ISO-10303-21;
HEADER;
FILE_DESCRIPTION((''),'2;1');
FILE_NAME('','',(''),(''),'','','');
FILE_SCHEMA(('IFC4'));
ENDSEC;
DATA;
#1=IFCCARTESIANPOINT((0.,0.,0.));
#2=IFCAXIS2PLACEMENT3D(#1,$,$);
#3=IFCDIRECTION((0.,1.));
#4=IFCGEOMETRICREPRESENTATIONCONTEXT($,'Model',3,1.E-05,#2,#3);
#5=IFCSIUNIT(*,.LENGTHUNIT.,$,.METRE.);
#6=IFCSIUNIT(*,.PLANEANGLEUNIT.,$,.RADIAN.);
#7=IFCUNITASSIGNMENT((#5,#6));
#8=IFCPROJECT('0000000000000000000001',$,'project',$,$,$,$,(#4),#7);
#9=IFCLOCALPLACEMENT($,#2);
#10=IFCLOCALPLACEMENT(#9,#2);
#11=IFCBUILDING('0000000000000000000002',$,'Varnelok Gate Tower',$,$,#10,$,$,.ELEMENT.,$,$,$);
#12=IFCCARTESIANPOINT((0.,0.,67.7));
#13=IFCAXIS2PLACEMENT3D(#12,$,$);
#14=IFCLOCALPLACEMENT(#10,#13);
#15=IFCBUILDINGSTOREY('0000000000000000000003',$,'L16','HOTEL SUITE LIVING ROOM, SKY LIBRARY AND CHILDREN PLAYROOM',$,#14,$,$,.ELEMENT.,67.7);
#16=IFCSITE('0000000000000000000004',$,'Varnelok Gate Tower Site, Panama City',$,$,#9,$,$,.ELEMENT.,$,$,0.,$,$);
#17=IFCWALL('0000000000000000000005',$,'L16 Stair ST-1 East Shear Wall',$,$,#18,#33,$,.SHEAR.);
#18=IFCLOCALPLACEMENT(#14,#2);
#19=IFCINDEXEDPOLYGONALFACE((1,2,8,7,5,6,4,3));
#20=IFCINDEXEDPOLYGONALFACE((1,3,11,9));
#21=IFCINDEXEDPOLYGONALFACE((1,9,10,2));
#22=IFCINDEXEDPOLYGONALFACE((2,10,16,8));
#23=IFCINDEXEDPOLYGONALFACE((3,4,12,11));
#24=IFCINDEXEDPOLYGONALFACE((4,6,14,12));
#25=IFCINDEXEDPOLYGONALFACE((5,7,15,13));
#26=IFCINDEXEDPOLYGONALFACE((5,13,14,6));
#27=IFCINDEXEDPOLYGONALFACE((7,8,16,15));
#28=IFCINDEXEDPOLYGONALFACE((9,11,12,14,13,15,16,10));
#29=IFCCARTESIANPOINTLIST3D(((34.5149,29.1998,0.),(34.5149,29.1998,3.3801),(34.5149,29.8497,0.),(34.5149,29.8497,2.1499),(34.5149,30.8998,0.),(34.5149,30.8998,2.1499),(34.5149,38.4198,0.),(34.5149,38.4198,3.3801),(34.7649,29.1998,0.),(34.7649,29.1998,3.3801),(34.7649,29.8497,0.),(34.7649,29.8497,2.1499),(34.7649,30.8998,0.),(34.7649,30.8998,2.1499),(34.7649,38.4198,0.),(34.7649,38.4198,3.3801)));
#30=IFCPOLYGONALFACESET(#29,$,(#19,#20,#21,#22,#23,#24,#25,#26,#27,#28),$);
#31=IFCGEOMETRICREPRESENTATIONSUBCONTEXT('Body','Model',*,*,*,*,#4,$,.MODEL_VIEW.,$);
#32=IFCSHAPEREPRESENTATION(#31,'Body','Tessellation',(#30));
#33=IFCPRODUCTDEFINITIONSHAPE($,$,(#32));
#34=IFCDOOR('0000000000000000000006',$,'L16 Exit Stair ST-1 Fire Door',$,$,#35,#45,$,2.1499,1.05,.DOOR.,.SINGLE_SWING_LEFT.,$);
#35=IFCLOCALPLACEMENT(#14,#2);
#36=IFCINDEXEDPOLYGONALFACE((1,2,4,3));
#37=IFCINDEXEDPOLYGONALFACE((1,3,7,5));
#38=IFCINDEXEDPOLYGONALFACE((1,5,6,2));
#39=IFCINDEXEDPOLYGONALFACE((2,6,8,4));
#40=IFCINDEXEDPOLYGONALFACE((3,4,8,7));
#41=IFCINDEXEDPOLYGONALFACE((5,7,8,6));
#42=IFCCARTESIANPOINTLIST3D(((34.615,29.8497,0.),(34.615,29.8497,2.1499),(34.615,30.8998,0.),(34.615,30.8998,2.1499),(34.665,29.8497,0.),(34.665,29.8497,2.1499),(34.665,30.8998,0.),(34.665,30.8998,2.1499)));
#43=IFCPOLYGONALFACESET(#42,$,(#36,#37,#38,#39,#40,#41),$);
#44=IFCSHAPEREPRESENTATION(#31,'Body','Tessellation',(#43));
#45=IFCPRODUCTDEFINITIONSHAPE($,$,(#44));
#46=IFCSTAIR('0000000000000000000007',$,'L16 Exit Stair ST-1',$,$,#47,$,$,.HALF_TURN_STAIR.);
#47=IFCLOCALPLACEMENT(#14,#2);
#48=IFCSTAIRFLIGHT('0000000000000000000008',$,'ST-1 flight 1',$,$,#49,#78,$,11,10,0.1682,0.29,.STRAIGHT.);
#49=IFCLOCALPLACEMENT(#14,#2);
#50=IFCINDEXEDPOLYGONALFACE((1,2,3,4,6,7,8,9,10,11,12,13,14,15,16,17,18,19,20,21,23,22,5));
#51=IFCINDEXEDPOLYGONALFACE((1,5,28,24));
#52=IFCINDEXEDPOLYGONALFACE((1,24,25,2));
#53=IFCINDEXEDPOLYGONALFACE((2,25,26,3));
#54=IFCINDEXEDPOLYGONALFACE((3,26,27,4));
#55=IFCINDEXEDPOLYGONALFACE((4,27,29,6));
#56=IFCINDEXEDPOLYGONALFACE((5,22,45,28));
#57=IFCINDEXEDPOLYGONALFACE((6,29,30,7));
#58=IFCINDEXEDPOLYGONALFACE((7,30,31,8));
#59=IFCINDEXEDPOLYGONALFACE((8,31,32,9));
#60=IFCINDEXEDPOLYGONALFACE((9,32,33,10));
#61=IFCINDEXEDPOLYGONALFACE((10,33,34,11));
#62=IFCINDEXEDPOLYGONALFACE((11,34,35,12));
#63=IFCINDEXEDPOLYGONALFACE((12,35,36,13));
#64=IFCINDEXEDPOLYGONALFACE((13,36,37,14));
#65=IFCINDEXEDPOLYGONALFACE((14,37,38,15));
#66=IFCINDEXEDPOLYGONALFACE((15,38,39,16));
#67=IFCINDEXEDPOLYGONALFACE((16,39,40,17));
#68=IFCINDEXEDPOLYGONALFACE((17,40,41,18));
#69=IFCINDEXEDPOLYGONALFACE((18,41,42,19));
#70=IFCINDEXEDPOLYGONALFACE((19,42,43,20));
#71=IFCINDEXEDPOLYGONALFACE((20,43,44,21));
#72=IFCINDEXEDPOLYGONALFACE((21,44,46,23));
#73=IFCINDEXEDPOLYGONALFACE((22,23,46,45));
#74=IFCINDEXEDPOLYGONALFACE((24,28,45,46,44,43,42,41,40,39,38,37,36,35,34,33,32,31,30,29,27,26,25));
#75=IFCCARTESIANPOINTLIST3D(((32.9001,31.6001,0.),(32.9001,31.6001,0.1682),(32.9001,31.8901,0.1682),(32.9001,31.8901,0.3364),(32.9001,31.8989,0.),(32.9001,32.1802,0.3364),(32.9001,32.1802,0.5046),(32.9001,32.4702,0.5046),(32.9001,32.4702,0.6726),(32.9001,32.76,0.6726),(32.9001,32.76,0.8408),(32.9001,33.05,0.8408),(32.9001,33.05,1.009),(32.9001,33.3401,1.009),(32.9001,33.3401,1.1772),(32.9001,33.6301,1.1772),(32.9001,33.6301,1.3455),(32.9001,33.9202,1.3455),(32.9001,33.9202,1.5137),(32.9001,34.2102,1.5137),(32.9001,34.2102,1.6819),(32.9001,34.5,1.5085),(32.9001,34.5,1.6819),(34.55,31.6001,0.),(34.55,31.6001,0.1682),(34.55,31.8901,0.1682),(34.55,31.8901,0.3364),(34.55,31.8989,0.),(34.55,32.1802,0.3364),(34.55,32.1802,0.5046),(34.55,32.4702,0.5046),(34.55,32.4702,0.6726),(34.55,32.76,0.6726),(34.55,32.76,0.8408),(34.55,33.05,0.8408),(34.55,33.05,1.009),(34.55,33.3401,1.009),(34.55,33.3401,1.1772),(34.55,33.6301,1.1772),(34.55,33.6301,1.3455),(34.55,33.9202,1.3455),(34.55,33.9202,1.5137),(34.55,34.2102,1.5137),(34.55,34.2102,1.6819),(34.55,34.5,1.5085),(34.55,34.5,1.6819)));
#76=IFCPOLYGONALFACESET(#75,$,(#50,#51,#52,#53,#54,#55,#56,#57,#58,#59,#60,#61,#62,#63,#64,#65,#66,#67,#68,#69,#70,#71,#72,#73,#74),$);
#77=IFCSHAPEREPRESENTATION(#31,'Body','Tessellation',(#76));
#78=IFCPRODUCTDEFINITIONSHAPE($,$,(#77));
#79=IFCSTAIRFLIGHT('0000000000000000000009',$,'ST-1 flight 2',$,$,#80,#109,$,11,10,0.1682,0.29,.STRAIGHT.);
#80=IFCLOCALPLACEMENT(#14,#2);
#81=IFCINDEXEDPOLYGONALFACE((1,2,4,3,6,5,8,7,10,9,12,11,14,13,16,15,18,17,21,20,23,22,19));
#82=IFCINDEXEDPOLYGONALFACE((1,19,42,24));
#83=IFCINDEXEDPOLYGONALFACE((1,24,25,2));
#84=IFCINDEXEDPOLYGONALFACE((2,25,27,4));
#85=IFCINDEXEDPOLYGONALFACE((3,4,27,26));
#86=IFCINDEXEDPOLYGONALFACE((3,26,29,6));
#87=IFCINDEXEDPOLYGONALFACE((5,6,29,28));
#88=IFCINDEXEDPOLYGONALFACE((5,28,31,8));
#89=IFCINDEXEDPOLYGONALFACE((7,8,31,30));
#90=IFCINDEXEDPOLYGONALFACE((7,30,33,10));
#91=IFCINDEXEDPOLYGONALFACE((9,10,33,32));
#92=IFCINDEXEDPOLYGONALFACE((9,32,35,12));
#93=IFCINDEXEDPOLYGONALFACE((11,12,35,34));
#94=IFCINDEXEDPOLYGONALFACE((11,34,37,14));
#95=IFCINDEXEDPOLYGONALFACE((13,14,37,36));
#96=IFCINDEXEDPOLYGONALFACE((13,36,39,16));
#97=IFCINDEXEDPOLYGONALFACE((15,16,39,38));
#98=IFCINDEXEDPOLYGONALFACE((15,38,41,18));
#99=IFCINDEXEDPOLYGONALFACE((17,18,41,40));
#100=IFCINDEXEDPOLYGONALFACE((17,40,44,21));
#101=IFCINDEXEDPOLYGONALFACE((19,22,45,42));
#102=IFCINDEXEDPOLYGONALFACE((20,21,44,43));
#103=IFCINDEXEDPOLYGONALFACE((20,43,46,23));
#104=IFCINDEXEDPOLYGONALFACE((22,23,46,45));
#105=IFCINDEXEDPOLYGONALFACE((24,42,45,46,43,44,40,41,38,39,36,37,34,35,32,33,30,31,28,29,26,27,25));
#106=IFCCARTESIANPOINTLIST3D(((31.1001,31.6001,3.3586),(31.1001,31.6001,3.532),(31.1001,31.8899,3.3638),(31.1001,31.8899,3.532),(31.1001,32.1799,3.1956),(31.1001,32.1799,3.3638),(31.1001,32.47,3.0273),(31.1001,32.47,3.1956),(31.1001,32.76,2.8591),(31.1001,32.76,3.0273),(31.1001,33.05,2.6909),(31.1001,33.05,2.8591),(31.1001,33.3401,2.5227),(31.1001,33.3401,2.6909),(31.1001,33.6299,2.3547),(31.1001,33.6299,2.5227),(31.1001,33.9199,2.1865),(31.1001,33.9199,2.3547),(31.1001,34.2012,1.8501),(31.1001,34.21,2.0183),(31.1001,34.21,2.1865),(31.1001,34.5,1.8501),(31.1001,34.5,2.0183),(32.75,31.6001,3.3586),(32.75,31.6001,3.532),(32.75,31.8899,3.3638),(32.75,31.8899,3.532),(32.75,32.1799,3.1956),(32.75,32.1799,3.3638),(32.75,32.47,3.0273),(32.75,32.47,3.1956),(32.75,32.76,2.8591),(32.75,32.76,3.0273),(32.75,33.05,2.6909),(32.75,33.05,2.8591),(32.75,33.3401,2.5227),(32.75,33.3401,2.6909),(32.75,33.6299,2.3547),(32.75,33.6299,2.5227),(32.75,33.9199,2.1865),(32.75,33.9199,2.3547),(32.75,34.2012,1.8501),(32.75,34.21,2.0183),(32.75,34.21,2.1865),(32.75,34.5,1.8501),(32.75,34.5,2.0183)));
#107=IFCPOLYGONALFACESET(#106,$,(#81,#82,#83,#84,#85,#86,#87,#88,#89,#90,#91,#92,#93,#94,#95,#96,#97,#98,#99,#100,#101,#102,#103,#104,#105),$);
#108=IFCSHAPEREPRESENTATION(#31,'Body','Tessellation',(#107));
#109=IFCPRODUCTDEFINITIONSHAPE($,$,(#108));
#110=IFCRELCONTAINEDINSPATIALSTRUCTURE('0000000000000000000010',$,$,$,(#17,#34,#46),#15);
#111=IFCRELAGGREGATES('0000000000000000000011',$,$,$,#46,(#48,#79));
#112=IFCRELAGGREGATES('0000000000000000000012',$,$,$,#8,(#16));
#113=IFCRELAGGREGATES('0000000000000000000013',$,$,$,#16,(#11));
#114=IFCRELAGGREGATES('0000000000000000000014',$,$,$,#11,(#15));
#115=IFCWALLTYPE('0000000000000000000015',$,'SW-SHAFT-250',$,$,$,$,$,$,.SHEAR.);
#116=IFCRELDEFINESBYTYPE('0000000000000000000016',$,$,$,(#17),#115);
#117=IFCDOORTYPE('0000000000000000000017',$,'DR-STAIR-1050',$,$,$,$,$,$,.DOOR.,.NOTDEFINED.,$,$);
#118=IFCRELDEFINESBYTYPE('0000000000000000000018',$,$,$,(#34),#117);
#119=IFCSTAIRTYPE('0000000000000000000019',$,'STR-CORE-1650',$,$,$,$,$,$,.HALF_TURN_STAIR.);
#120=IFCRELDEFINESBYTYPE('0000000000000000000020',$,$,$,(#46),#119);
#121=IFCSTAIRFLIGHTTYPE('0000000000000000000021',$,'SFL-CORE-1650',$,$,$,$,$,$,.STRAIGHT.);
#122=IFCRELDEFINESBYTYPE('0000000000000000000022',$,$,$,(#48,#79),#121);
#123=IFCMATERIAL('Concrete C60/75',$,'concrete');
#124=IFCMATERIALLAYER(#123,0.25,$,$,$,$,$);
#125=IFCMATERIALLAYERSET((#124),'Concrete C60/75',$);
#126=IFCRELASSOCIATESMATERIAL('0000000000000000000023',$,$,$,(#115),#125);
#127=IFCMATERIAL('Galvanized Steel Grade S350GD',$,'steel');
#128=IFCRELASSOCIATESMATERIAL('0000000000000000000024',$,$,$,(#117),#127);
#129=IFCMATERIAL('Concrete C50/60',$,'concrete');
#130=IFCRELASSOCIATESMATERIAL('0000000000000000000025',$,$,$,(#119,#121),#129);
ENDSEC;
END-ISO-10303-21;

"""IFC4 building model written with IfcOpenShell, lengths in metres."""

from ifc_helpers import new_model, si_unit, direction, frame, frame_2d, origin, place, context, subcontext, project, spatial, polyline, rectangle, outline, extrude, material, layer, layer_set, type_object, element, fill, aggregate, save


model = new_model("IFC4")

# Units and contexts
model_context = context("Model", 3, precision=1e-05, world=origin(), true_north=direction((0.0, 1.0)))
body_context = subcontext(model_context, "Body", "Model", "MODEL_VIEW")
ifc_project = project(units=[si_unit("LENGTHUNIT", "METRE"), si_unit("PLANEANGLEUNIT", "RADIAN")], contexts=[model_context])

# Site, building, storey
site_placement = place(None, origin())
site = spatial("IfcSite", under=ifc_project, at=site_placement, Name="Varnelok Gate Tower Site, Panama City", CompositionType="ELEMENT", RefElevation=0.0)
building_placement = place(site_placement, origin())
building = spatial("IfcBuilding", under=site, at=building_placement, Name="Varnelok Gate Tower", CompositionType="ELEMENT")
storey_placement = place(building_placement, frame((0.0, 0.0, 67.7)))
storey = spatial("IfcBuildingStorey", under=building, at=storey_placement, Name="L16", Description="HOTEL SUITE LIVING ROOM, SKY LIBRARY AND CHILDREN PLAYROOM", CompositionType="ELEMENT", Elevation=67.7)

# Shared definitions
ifc_material_1 = material(Name="Galvanized Steel Grade S350GD", Category="steel")

# Wall, opening, door
ifc_material_2 = material(Name="Concrete C60/75", Category="concrete")
ifc_layer_1 = layer(ifc_material_2, 0.25)
ifc_layer_set_1 = layer_set([ifc_layer_1], Name="Concrete C60/75")
wall_type_1 = type_object("IfcWallType", Name="SW-SHAFT-250", PredefinedType="SHEAR", material=ifc_layer_set_1)
wall_1_placement = place(storey_placement, frame((34.6399, 29.2, 0.0), z_axis=(0.0, 0.0, 1.0), x_axis=(0.0, 1.0, 0.0)))
wall_1 = element("IfcWall", 1, at=wall_1_placement, inside=storey, type_object=wall_type_1, Name="L16 Stair ST-1 East Shear Wall", PredefinedType="SHEAR", context=body_context, shape_type="SweptSolid", body=[
    extrude(rectangle(XDim=9.22, YDim=0.25, at=frame_2d((4.6099, 0.0))), origin(), (0.0, 0.0, 1.0), 3.3801),
])
opening_1_placement = place(wall_1_placement, frame((0.6499, 0.0, 0.0)))
opening_1 = element("IfcOpeningElement", 2, at=opening_1_placement, cuts=wall_1, PredefinedType="OPENING", context=body_context, shape_type="SweptSolid", body=[
    extrude(rectangle(XDim=1.05, YDim=2.1499, at=frame_2d((0.5249, 1.075))), frame((0.0, 0.135, 0.0), z_axis=(0.0, -1.0, 0.0), x_axis=(1.0, 0.0, 0.0)), (0.0, 0.0, 1.0), 0.27),
])
door_type_1 = type_object("IfcDoorType", Name="DR-STAIR-1050", OperationType="NOTDEFINED", PredefinedType="DOOR", material=ifc_material_1)
door_1_placement = place(opening_1_placement, origin())
door_1 = element("IfcDoor", 3, at=door_1_placement, inside=storey, type_object=door_type_1, Name="L16 Exit Stair ST-1 Fire Door", OperationType="SINGLE_SWING_LEFT", OverallHeight=2.1499, OverallWidth=1.05, PredefinedType="DOOR", context=body_context, shape_type="SweptSolid", body=[
    extrude(rectangle(XDim=1.05, YDim=2.1499, at=frame_2d((0.5249, 1.075))), frame((0.0, 0.0249, 0.0), z_axis=(0.0, -1.0, 0.0), x_axis=(1.0, 0.0, 0.0)), (0.0, 0.0, 1.0), 0.05),
])
fill(opening_1, door_1)

# Stair, stair flights
ifc_material_3 = material(Name="Concrete C50/60", Category="concrete")
stair_type = type_object("IfcStairType", Name="STR-CORE-1650", PredefinedType="HALF_TURN_STAIR", material=ifc_material_3)
stair_placement = place(storey_placement, origin())
stair = element("IfcStair", 4, at=stair_placement, inside=storey, type_object=stair_type, Name="L16 Exit Stair ST-1", PredefinedType="HALF_TURN_STAIR")
stair_flight_type = type_object("IfcStairFlightType", Name="SFL-CORE-1650", PredefinedType="STRAIGHT", material=ifc_material_3)
stair_flight_1_placement = place(storey_placement, frame((33.7251, 31.6001, 0.0), z_axis=(0.0, 0.0, 1.0), x_axis=(0.0, 1.0, 0.0)))
stair_flight_1 = element("IfcStairFlight", 5, at=stair_flight_1_placement, type_object=stair_flight_type, Name="ST-1 flight 1", NumberOfRisers=11, NumberOfTreads=10, PredefinedType="STRAIGHT", RiserHeight=0.1682, TreadLength=0.29, context=body_context, shape_type="SweptSolid", body=[
    extrude(outline(polyline([(0.0, 0.0), (0.0, 0.1682), (0.29, 0.1682), (0.29, 0.3364), (0.5801, 0.3364), (0.5801, 0.5046), (0.8701, 0.5046), (0.8701, 0.6726), (1.1599, 0.6726), (1.1599, 0.8408), (1.45, 0.8408), (1.45, 1.009), (1.74, 1.009), (1.74, 1.1772), (2.03, 1.1772), (2.03, 1.3455), (2.3201, 1.3455), (2.3201, 1.5137), (2.6101, 1.5137), (2.6101, 1.6819), (2.8999, 1.6819), (2.8999, 1.8501), (2.8999, 1.5085), (0.2988, 0.0), (0.0, 0.0)])), frame((0.0, 0.825, 0.0), z_axis=(0.0, -1.0, 0.0), x_axis=(1.0, 0.0, 0.0)), (0.0, 0.0, 1.0), 1.6499),
])
stair_flight_2_placement = place(storey_placement, frame((31.925, 34.5, 1.8501), z_axis=(0.0, 0.0, 1.0), x_axis=(0.0, -1.0, 0.0)))
stair_flight_2 = element("IfcStairFlight", 6, at=stair_flight_2_placement, type_object=stair_flight_type, Name="ST-1 flight 2", NumberOfRisers=11, NumberOfTreads=10, PredefinedType="STRAIGHT", RiserHeight=0.1682, TreadLength=0.29, context=body_context, shape_type="SweptSolid", body=[
    extrude(outline(polyline([(0.0, 0.0), (0.0, 0.1682), (0.29, 0.1682), (0.29, 0.3364), (0.5801, 0.3364), (0.5801, 0.5046), (0.8701, 0.5046), (0.8701, 0.6726), (1.1599, 0.6726), (1.1599, 0.8408), (1.45, 0.8408), (1.45, 1.009), (1.74, 1.009), (1.74, 1.1772), (2.03, 1.1772), (2.03, 1.3455), (2.3201, 1.3455), (2.3201, 1.5137), (2.6101, 1.5137), (2.6101, 1.6819), (2.8999, 1.6819), (2.8999, 1.8501), (2.8999, 1.5085), (0.2988, 0.0), (0.0, 0.0)])), frame((0.0, 0.825, 0.0), z_axis=(0.0, -1.0, 0.0), x_axis=(1.0, 0.0, 0.0)), (0.0, 0.0, 1.0), 1.6499),
])
aggregate(stair, [stair_flight_1, stair_flight_2])

save(model, "model.ifc")
